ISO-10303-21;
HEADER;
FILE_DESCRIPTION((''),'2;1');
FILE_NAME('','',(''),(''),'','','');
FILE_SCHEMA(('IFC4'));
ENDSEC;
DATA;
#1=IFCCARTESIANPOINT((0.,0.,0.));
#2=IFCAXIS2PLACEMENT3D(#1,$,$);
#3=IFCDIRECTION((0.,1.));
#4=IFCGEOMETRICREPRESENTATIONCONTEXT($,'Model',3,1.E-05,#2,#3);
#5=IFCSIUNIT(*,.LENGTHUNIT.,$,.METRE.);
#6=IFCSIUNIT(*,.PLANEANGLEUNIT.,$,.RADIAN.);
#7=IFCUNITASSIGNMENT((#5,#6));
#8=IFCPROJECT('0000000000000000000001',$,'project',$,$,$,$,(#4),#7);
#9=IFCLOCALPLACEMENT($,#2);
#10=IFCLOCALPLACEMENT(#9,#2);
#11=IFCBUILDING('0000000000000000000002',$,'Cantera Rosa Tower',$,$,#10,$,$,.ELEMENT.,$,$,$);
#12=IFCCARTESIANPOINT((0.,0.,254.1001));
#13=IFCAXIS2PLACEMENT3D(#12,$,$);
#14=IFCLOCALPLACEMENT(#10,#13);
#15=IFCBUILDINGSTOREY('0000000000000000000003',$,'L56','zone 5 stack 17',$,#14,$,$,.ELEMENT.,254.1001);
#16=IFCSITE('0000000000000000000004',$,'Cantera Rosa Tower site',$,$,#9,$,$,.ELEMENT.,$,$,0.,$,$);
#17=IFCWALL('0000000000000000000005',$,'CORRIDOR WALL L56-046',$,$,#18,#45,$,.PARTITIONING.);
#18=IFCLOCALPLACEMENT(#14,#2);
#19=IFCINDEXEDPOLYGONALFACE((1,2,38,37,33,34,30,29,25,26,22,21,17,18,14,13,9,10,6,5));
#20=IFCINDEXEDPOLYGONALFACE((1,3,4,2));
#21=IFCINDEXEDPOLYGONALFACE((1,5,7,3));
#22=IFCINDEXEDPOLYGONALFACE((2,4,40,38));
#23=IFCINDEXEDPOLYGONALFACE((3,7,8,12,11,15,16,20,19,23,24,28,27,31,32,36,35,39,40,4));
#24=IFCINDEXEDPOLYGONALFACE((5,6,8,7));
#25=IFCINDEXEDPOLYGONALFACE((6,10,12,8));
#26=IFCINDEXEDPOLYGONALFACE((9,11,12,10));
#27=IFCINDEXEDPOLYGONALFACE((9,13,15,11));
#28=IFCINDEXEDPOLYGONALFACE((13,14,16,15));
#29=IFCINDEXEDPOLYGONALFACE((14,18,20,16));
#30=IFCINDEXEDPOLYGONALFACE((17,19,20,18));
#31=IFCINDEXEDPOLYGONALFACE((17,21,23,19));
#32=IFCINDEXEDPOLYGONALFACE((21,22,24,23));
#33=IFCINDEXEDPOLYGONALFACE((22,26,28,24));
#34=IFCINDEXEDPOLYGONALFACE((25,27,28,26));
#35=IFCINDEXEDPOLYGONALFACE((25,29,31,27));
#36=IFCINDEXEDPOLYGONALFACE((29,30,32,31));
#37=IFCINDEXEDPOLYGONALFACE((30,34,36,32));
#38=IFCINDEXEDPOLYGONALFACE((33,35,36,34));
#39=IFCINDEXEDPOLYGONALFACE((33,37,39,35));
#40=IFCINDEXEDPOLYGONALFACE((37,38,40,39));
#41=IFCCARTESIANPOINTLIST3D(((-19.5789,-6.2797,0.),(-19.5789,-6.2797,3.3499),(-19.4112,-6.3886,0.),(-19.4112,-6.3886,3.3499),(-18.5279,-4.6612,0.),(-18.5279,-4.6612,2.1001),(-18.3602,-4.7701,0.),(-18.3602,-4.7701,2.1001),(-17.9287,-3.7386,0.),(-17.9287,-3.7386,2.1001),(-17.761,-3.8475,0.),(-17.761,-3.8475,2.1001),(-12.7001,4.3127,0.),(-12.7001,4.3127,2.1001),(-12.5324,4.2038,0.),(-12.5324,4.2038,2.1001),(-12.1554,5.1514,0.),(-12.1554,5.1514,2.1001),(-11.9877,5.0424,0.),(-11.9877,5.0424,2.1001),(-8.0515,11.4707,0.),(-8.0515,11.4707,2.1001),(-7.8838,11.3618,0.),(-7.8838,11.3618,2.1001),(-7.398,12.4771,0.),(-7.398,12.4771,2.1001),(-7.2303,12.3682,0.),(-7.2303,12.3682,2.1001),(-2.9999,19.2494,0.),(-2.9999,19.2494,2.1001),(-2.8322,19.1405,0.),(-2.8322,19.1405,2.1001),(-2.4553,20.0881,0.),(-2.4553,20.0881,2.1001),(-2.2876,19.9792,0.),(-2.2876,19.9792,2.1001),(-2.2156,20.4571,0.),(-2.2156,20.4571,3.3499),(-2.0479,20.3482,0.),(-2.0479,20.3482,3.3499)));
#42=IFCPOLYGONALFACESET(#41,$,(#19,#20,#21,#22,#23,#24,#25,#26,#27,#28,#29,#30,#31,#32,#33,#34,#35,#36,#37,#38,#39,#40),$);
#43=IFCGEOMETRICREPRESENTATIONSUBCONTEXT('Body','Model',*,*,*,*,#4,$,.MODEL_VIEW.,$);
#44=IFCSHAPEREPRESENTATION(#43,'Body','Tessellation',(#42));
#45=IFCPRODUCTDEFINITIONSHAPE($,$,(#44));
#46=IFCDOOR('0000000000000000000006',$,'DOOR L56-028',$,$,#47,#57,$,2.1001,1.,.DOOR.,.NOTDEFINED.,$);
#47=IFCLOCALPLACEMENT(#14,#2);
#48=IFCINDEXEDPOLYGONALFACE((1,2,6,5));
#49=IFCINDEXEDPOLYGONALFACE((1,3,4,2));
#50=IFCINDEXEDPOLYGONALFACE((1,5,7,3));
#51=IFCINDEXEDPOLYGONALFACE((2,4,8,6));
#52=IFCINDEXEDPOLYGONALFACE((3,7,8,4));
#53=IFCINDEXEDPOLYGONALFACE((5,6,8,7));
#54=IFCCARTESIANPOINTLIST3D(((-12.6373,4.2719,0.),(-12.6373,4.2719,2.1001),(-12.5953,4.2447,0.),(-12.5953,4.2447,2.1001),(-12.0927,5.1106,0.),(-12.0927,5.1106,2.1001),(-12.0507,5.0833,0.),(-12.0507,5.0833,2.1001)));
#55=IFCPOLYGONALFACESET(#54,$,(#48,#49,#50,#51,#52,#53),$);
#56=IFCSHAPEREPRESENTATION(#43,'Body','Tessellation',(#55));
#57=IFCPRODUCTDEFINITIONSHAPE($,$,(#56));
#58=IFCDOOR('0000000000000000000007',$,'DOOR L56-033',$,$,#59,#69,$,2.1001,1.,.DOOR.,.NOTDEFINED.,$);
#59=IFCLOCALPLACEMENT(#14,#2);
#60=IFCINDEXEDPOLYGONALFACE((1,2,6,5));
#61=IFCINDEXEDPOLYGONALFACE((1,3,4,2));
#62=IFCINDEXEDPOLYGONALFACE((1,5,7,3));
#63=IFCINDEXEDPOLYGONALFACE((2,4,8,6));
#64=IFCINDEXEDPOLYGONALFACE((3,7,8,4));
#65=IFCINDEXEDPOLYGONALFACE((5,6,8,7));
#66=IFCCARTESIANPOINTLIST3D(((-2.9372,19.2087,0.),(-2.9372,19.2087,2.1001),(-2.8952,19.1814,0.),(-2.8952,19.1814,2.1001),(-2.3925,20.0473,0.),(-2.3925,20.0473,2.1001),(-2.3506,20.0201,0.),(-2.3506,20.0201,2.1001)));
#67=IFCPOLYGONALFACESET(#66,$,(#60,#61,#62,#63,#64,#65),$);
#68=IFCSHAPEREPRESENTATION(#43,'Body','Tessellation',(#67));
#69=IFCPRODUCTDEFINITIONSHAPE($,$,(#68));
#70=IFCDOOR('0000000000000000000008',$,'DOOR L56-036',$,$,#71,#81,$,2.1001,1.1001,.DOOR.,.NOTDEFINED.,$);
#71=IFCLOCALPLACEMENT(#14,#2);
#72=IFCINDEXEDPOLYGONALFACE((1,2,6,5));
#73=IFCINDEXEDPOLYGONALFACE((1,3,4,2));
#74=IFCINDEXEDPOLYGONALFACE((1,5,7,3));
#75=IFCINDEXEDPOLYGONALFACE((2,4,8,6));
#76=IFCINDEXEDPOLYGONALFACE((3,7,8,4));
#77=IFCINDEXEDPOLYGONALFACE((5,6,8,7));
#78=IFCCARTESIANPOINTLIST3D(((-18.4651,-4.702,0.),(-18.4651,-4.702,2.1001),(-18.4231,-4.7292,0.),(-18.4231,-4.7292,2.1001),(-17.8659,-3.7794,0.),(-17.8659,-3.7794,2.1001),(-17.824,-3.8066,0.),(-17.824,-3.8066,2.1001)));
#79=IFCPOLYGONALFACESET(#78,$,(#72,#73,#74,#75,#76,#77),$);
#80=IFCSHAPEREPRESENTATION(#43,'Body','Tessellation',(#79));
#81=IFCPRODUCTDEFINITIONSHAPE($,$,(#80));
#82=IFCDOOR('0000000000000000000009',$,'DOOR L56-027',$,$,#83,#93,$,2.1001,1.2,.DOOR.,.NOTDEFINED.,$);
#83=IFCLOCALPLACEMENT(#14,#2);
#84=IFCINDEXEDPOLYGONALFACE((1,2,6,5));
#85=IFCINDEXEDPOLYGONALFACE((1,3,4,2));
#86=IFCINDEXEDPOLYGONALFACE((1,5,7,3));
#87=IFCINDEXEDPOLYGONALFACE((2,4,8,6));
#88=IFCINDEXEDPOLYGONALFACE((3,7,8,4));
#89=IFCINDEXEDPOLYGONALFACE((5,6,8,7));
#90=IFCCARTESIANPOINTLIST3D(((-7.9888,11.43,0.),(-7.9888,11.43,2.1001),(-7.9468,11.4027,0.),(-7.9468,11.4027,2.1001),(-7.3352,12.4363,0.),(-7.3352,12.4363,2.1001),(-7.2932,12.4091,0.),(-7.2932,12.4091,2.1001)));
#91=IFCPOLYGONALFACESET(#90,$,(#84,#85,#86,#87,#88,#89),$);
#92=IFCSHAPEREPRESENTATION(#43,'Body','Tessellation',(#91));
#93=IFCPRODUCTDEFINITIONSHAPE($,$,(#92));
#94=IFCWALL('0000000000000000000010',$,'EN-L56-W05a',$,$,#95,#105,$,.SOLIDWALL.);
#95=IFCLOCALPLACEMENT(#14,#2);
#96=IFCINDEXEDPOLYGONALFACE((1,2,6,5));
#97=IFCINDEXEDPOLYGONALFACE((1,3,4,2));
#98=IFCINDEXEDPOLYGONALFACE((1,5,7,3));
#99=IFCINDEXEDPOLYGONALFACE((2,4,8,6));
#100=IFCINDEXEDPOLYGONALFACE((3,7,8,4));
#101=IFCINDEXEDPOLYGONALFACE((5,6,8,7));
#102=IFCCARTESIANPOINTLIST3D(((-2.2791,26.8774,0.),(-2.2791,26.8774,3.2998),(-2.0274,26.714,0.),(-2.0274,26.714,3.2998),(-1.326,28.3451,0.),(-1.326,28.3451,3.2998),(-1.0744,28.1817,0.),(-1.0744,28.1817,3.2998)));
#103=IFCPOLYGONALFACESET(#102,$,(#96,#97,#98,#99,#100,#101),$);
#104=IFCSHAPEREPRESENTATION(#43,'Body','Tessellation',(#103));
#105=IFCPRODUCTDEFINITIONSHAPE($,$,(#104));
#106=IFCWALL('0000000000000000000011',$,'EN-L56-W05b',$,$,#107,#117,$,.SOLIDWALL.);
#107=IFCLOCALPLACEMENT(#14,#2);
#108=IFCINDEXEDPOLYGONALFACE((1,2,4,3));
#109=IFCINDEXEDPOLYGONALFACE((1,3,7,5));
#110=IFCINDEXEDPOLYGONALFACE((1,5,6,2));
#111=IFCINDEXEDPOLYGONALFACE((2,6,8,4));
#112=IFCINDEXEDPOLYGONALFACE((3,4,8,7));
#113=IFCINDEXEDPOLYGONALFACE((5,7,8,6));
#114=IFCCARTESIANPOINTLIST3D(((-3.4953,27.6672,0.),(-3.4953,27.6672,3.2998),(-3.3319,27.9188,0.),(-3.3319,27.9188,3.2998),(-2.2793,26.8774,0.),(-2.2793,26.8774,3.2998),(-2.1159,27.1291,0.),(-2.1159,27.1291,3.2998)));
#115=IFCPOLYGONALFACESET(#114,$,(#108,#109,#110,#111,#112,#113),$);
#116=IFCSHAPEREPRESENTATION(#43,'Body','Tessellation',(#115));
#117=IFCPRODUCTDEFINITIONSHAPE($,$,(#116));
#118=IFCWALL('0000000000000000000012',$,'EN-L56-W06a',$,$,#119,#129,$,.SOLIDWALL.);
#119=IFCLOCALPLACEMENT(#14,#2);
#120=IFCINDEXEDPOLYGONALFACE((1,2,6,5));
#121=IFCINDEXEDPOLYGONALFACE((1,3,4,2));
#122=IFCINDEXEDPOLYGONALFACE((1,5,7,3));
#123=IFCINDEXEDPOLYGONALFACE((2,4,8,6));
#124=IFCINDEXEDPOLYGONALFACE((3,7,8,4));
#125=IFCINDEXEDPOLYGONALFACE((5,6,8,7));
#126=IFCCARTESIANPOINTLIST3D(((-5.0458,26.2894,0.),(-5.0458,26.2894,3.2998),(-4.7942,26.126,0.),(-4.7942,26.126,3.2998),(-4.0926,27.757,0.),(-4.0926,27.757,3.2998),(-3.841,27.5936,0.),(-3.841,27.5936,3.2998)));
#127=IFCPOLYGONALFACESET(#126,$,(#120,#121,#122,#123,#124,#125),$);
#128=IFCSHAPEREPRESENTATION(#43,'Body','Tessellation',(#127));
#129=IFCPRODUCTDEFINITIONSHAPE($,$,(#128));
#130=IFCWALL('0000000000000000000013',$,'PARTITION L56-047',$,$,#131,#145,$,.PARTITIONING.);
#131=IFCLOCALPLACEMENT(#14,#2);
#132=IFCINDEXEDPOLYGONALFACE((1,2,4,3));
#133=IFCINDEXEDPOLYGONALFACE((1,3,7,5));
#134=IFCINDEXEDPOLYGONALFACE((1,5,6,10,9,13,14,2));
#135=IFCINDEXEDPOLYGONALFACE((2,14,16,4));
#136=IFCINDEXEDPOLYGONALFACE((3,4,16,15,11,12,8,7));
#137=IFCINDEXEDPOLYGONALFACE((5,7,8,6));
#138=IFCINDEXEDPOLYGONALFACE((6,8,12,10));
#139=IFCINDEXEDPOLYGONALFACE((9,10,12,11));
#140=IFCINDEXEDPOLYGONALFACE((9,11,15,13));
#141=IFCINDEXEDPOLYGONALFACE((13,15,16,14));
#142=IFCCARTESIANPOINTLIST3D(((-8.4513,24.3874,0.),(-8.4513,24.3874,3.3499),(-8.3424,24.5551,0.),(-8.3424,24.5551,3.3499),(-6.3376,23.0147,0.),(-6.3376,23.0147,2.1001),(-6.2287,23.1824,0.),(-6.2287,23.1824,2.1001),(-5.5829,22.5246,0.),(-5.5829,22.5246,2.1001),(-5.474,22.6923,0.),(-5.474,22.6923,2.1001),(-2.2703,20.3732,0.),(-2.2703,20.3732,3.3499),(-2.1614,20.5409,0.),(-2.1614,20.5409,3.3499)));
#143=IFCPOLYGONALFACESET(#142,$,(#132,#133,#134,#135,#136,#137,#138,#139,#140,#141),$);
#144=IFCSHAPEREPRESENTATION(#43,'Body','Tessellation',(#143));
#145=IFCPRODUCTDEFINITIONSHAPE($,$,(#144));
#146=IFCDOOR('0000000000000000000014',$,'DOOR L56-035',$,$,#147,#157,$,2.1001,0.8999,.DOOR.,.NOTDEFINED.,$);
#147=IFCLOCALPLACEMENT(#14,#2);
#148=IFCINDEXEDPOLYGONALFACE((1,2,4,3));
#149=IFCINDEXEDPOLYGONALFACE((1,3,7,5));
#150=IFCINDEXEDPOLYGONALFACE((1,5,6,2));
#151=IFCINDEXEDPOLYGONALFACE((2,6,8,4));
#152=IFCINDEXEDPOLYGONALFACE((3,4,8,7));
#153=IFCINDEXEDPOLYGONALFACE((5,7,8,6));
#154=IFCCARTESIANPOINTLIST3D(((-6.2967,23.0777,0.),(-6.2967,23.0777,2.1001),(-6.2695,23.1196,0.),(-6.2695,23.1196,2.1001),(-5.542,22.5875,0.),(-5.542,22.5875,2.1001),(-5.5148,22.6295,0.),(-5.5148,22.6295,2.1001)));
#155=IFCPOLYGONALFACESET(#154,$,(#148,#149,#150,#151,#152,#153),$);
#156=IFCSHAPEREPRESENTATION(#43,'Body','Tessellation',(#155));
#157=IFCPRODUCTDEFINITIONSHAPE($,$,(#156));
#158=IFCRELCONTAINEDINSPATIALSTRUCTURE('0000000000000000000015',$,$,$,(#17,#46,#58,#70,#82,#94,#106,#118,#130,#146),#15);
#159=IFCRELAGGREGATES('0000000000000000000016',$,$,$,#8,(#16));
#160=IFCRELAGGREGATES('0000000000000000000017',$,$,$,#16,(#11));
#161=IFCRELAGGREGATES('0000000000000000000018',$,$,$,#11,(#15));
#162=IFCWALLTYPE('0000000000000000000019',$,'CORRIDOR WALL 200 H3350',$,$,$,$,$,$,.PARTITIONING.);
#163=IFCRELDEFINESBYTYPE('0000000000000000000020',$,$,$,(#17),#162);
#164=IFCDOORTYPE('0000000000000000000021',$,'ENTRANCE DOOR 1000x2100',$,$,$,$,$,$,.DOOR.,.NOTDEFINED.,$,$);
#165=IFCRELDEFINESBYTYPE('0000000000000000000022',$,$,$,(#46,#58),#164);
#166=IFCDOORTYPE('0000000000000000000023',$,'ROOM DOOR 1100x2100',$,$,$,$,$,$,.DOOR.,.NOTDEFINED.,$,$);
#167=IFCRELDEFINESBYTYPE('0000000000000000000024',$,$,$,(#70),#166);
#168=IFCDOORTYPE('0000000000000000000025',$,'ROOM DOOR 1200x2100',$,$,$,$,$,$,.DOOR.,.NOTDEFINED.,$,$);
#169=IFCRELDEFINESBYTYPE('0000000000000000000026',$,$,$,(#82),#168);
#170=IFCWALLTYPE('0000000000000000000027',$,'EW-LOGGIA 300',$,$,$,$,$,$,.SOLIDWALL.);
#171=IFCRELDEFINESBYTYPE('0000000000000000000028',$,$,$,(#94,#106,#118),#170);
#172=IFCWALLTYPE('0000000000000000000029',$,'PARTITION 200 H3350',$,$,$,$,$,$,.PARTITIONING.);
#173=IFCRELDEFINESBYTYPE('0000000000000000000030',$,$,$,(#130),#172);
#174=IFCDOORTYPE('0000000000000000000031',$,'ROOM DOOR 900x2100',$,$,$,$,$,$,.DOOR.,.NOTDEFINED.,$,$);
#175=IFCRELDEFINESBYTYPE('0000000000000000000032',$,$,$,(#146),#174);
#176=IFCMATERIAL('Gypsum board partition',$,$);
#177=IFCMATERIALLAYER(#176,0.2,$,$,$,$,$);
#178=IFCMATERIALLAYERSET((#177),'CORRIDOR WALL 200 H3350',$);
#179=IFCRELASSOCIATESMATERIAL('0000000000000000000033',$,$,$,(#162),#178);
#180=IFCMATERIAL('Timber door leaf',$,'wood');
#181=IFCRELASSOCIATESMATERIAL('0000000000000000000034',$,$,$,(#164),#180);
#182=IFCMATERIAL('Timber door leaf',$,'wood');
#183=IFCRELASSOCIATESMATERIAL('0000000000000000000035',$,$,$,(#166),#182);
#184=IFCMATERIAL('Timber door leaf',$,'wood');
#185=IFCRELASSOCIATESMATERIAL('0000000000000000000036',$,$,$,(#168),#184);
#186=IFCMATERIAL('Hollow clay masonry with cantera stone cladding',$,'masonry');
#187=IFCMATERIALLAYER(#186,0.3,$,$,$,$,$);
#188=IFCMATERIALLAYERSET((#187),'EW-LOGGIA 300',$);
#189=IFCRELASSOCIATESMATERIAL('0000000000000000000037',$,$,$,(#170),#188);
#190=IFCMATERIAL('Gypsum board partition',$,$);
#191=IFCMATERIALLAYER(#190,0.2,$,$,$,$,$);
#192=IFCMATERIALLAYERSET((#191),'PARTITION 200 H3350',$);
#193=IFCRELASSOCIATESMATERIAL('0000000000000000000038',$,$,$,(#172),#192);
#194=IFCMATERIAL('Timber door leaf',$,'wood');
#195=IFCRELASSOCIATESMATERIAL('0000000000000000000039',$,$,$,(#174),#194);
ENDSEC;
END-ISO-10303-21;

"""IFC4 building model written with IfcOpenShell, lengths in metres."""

from ifc_helpers import new_model, si_unit, direction, frame, frame_2d, origin, place, context, subcontext, project, spatial, rectangle, extrude, material, layer, layer_set, type_object, element, fill, save


model = new_model("IFC4")

# Units and contexts
model_context = context("Model", 3, precision=1e-05, world=origin(), true_north=direction((0.0, 1.0)))
body_context = subcontext(model_context, "Body", "Model", "MODEL_VIEW")
ifc_project = project(units=[si_unit("LENGTHUNIT", "METRE"), si_unit("PLANEANGLEUNIT", "RADIAN")], contexts=[model_context])

# Site, building, storey
site_placement = place(None, origin())
site = spatial("IfcSite", under=ifc_project, at=site_placement, Name="Cantera Rosa Tower site", CompositionType="ELEMENT", RefElevation=0.0)
building_placement = place(site_placement, origin())
building = spatial("IfcBuilding", under=site, at=building_placement, Name="Cantera Rosa Tower", CompositionType="ELEMENT")
storey_placement = place(building_placement, frame((0.0, 0.0, 254.1001)))
storey = spatial("IfcBuildingStorey", under=building, at=storey_placement, Name="L56", Description="zone 5 stack 17", CompositionType="ELEMENT", Elevation=254.1001)

# Wall, openings, doors
ifc_material_1 = material(Name="Gypsum board partition")
ifc_layer_1 = layer(ifc_material_1, 0.2)
ifc_layer_set_1 = layer_set([ifc_layer_1], Name="CORRIDOR WALL 200 H3350")
wall_type_1 = type_object("IfcWallType", Name="CORRIDOR WALL 200 H3350", PredefinedType="PARTITIONING", material=ifc_layer_set_1)
wall_1_placement = place(storey_placement, frame((-2.1318, 20.4026, 0.0), z_axis=(0.0, 0.0, 1.0), x_axis=(-0.544643, -0.838668, 0.0)))
wall_1 = element("IfcWall", 1, at=wall_1_placement, inside=storey, type_object=wall_type_1, Name="CORRIDOR WALL L56-046", PredefinedType="PARTITIONING", context=body_context, shape_type="SweptSolid", body=[
    extrude(rectangle(XDim=31.8801, YDim=0.2, at=frame_2d((15.9399, 0.0))), origin(), (0.0, 0.0, 1.0), 3.3499),
])
opening_1_placement = place(wall_1_placement, frame((9.5149, 0.0, 0.0)))
opening_1 = element("IfcOpeningElement", 2, at=opening_1_placement, cuts=wall_1, PredefinedType="OPENING", context=body_context, shape_type="SweptSolid", body=[
    extrude(rectangle(XDim=1.2, YDim=2.1001, at=frame_2d((0.6001, 1.05))), frame((0.0, 0.1099, 0.0), z_axis=(0.0, -1.0, 0.0), x_axis=(1.0, 0.0, 0.0)), (0.0, 0.0, 1.0), 0.22),
])
opening_2_placement = place(wall_1_placement, frame((18.25, 0.0, 0.0)))
opening_2 = element("IfcOpeningElement", 3, at=opening_2_placement, cuts=wall_1, PredefinedType="OPENING", context=body_context, shape_type="SweptSolid", body=[
    extrude(rectangle(XDim=1.0, YDim=2.1001, at=frame_2d((0.5, 1.05))), frame((0.0, 0.1099, 0.0), z_axis=(0.0, -1.0, 0.0), x_axis=(1.0, 0.0, 0.0)), (0.0, 0.0, 1.0), 0.22),
])
opening_3_placement = place(wall_1_placement, frame((0.4399, 0.0, 0.0)))
opening_3 = element("IfcOpeningElement", 4, at=opening_3_placement, cuts=wall_1, PredefinedType="OPENING", context=body_context, shape_type="SweptSolid", body=[
    extrude(rectangle(XDim=1.0, YDim=2.1001, at=frame_2d((0.5, 1.05))), frame((0.0, 0.1099, 0.0), z_axis=(0.0, -1.0, 0.0), x_axis=(1.0, 0.0, 0.0)), (0.0, 0.0, 1.0), 0.22),
])
opening_4_placement = place(wall_1_placement, frame((28.8501, 0.0, 0.0)))
opening_4 = element("IfcOpeningElement", 5, at=opening_4_placement, cuts=wall_1, PredefinedType="OPENING", context=body_context, shape_type="SweptSolid", body=[
    extrude(rectangle(XDim=1.1001, YDim=2.1001, at=frame_2d((0.55, 1.05))), frame((0.0, 0.1099, 0.0), z_axis=(0.0, -1.0, 0.0), x_axis=(1.0, 0.0, 0.0)), (0.0, 0.0, 1.0), 0.22),
])
ifc_material_2 = material(Name="Timber door leaf", Category="wood")
door_type_1 = type_object("IfcDoorType", Name="ENTRANCE DOOR 1000x2100", OperationType="NOTDEFINED", PredefinedType="DOOR", material=ifc_material_2)
door_1_placement = place(opening_2_placement, origin())
door_1 = element("IfcDoor", 6, at=door_1_placement, inside=storey, type_object=door_type_1, Name="DOOR L56-028", OperationType="NOTDEFINED", OverallHeight=2.1001, OverallWidth=1.0, PredefinedType="DOOR", context=body_context, shape_type="SweptSolid", body=[
    extrude(rectangle(XDim=1.0, YDim=2.1001, at=frame_2d((0.5, 1.05))), frame((0.0, 0.0249, 0.0), z_axis=(0.0, -1.0, 0.0), x_axis=(1.0, 0.0, 0.0)), (0.0, 0.0, 1.0), 0.05),
])
fill(opening_2, door_1)
door_2_placement = place(opening_3_placement, origin())
door_2 = element("IfcDoor", 7, at=door_2_placement, inside=storey, type_object=door_type_1, Name="DOOR L56-033", OperationType="NOTDEFINED", OverallHeight=2.1001, OverallWidth=1.0, PredefinedType="DOOR", context=body_context, shape_type="SweptSolid", body=[
    extrude(rectangle(XDim=1.0, YDim=2.1001, at=frame_2d((0.5, 1.05))), frame((0.0, 0.0249, 0.0), z_axis=(0.0, -1.0, 0.0), x_axis=(1.0, 0.0, 0.0)), (0.0, 0.0, 1.0), 0.05),
])
fill(opening_3, door_2)
ifc_material_3 = material(Name="Timber door leaf", Category="wood")
door_type_2 = type_object("IfcDoorType", Name="ROOM DOOR 1100x2100", OperationType="NOTDEFINED", PredefinedType="DOOR", material=ifc_material_3)
door_3_placement = place(opening_4_placement, origin())
door_3 = element("IfcDoor", 8, at=door_3_placement, inside=storey, type_object=door_type_2, Name="DOOR L56-036", OperationType="NOTDEFINED", OverallHeight=2.1001, OverallWidth=1.1001, PredefinedType="DOOR", context=body_context, shape_type="SweptSolid", body=[
    extrude(rectangle(XDim=1.1001, YDim=2.1001, at=frame_2d((0.55, 1.05))), frame((0.0, 0.0249, 0.0), z_axis=(0.0, -1.0, 0.0), x_axis=(1.0, 0.0, 0.0)), (0.0, 0.0, 1.0), 0.05),
])
fill(opening_4, door_3)
ifc_material_4 = material(Name="Timber door leaf", Category="wood")
door_type_3 = type_object("IfcDoorType", Name="ROOM DOOR 1200x2100", OperationType="NOTDEFINED", PredefinedType="DOOR", material=ifc_material_4)
door_4_placement = place(opening_1_placement, origin())
door_4 = element("IfcDoor", 9, at=door_4_placement, inside=storey, type_object=door_type_3, Name="DOOR L56-027", OperationType="NOTDEFINED", OverallHeight=2.1001, OverallWidth=1.2, PredefinedType="DOOR", context=body_context, shape_type="SweptSolid", body=[
    extrude(rectangle(XDim=1.2, YDim=2.1001, at=frame_2d((0.6001, 1.05))), frame((0.0, 0.0249, 0.0), z_axis=(0.0, -1.0, 0.0), x_axis=(1.0, 0.0, 0.0)), (0.0, 0.0, 1.0), 0.05),
])
fill(opening_1, door_4)

# Walls
ifc_material_5 = material(Name="Hollow clay masonry with cantera stone cladding", Category="masonry")
ifc_layer_2 = layer(ifc_material_5, 0.3)
ifc_layer_set_2 = layer_set([ifc_layer_2], Name="EW-LOGGIA 300")
wall_type_2 = type_object("IfcWallType", Name="EW-LOGGIA 300", PredefinedType="SOLIDWALL", material=ifc_layer_set_2)
wall_2_placement = place(storey_placement, frame((-1.2002, 28.2634, 0.0), z_axis=(0.0, 0.0, 1.0), x_axis=(-0.544616, -0.838686, 0.0)))
element("IfcWall", 10, at=wall_2_placement, inside=storey, type_object=wall_type_2, Name="EN-L56-W05a", PredefinedType="SOLIDWALL", context=body_context, shape_type="SweptSolid", body=[
    extrude(rectangle(XDim=1.75, YDim=0.3, at=frame_2d((0.875, 0.0))), origin(), (0.0, 0.0, 1.0), 3.2998),
])
wall_3_placement = place(storey_placement, frame((-2.1975, 27.0032, 0.0), z_axis=(0.0, 0.0, 1.0), x_axis=(-0.838647, 0.544675, 0.0)))
element("IfcWall", 11, at=wall_3_placement, inside=storey, type_object=wall_type_2, Name="EN-L56-W05b", PredefinedType="SOLIDWALL", context=body_context, shape_type="SweptSolid", body=[
    extrude(rectangle(XDim=1.45, YDim=0.3, at=frame_2d((0.7251, 0.0))), origin(), (0.0, 0.0, 1.0), 3.2998),
])
wall_4_placement = place(storey_placement, frame((-3.9668, 27.6753, 0.0), z_axis=(0.0, 0.0, 1.0), x_axis=(-0.544679, -0.838644, 0.0)))
element("IfcWall", 12, at=wall_4_placement, inside=storey, type_object=wall_type_2, Name="EN-L56-W06a", PredefinedType="SOLIDWALL", context=body_context, shape_type="SweptSolid", body=[
    extrude(rectangle(XDim=1.75, YDim=0.3, at=frame_2d((0.875, 0.0))), origin(), (0.0, 0.0, 1.0), 3.2998),
])

# Wall, opening, door
ifc_material_6 = material(Name="Gypsum board partition")
ifc_layer_3 = layer(ifc_material_6, 0.2)
ifc_layer_set_3 = layer_set([ifc_layer_3], Name="PARTITION 200 H3350")
wall_type_3 = type_object("IfcWallType", Name="PARTITION 200 H3350", PredefinedType="PARTITIONING", material=ifc_layer_set_3)
wall_5_placement = place(storey_placement, frame((-2.2158, 20.457, 0.0), z_axis=(0.0, 0.0, 1.0), x_axis=(-0.838656, 0.544661, 0.0)))
wall_5 = element("IfcWall", 13, at=wall_5_placement, inside=storey, type_object=wall_type_3, Name="PARTITION L56-047", PredefinedType="PARTITIONING", context=body_context, shape_type="SweptSolid", body=[
    extrude(rectangle(XDim=7.3701, YDim=0.2, at=frame_2d((3.6851, 0.0))), origin(), (0.0, 0.0, 1.0), 3.3499),
])
opening_5_placement = place(wall_5_placement, frame((3.95, 0.0, 0.0)))
opening_5 = element("IfcOpeningElement", 14, at=opening_5_placement, cuts=wall_5, PredefinedType="OPENING", context=body_context, shape_type="SweptSolid", body=[
    extrude(rectangle(XDim=0.8999, YDim=2.1001, at=frame_2d((0.45, 1.05))), frame((0.0, 0.1099, 0.0), z_axis=(0.0, -1.0, 0.0), x_axis=(1.0, 0.0, 0.0)), (0.0, 0.0, 1.0), 0.22),
])
ifc_material_7 = material(Name="Timber door leaf", Category="wood")
door_type_4 = type_object("IfcDoorType", Name="ROOM DOOR 900x2100", OperationType="NOTDEFINED", PredefinedType="DOOR", material=ifc_material_7)
door_5_placement = place(opening_5_placement, origin())
door_5 = element("IfcDoor", 15, at=door_5_placement, inside=storey, type_object=door_type_4, Name="DOOR L56-035", OperationType="NOTDEFINED", OverallHeight=2.1001, OverallWidth=0.8999, PredefinedType="DOOR", context=body_context, shape_type="SweptSolid", body=[
    extrude(rectangle(XDim=0.8999, YDim=2.1001, at=frame_2d((0.45, 1.05))), frame((0.0, 0.0249, 0.0), z_axis=(0.0, -1.0, 0.0), x_axis=(1.0, 0.0, 0.0)), (0.0, 0.0, 1.0), 0.05),
])
fill(opening_5, door_5)

save(model, "model.ifc")
